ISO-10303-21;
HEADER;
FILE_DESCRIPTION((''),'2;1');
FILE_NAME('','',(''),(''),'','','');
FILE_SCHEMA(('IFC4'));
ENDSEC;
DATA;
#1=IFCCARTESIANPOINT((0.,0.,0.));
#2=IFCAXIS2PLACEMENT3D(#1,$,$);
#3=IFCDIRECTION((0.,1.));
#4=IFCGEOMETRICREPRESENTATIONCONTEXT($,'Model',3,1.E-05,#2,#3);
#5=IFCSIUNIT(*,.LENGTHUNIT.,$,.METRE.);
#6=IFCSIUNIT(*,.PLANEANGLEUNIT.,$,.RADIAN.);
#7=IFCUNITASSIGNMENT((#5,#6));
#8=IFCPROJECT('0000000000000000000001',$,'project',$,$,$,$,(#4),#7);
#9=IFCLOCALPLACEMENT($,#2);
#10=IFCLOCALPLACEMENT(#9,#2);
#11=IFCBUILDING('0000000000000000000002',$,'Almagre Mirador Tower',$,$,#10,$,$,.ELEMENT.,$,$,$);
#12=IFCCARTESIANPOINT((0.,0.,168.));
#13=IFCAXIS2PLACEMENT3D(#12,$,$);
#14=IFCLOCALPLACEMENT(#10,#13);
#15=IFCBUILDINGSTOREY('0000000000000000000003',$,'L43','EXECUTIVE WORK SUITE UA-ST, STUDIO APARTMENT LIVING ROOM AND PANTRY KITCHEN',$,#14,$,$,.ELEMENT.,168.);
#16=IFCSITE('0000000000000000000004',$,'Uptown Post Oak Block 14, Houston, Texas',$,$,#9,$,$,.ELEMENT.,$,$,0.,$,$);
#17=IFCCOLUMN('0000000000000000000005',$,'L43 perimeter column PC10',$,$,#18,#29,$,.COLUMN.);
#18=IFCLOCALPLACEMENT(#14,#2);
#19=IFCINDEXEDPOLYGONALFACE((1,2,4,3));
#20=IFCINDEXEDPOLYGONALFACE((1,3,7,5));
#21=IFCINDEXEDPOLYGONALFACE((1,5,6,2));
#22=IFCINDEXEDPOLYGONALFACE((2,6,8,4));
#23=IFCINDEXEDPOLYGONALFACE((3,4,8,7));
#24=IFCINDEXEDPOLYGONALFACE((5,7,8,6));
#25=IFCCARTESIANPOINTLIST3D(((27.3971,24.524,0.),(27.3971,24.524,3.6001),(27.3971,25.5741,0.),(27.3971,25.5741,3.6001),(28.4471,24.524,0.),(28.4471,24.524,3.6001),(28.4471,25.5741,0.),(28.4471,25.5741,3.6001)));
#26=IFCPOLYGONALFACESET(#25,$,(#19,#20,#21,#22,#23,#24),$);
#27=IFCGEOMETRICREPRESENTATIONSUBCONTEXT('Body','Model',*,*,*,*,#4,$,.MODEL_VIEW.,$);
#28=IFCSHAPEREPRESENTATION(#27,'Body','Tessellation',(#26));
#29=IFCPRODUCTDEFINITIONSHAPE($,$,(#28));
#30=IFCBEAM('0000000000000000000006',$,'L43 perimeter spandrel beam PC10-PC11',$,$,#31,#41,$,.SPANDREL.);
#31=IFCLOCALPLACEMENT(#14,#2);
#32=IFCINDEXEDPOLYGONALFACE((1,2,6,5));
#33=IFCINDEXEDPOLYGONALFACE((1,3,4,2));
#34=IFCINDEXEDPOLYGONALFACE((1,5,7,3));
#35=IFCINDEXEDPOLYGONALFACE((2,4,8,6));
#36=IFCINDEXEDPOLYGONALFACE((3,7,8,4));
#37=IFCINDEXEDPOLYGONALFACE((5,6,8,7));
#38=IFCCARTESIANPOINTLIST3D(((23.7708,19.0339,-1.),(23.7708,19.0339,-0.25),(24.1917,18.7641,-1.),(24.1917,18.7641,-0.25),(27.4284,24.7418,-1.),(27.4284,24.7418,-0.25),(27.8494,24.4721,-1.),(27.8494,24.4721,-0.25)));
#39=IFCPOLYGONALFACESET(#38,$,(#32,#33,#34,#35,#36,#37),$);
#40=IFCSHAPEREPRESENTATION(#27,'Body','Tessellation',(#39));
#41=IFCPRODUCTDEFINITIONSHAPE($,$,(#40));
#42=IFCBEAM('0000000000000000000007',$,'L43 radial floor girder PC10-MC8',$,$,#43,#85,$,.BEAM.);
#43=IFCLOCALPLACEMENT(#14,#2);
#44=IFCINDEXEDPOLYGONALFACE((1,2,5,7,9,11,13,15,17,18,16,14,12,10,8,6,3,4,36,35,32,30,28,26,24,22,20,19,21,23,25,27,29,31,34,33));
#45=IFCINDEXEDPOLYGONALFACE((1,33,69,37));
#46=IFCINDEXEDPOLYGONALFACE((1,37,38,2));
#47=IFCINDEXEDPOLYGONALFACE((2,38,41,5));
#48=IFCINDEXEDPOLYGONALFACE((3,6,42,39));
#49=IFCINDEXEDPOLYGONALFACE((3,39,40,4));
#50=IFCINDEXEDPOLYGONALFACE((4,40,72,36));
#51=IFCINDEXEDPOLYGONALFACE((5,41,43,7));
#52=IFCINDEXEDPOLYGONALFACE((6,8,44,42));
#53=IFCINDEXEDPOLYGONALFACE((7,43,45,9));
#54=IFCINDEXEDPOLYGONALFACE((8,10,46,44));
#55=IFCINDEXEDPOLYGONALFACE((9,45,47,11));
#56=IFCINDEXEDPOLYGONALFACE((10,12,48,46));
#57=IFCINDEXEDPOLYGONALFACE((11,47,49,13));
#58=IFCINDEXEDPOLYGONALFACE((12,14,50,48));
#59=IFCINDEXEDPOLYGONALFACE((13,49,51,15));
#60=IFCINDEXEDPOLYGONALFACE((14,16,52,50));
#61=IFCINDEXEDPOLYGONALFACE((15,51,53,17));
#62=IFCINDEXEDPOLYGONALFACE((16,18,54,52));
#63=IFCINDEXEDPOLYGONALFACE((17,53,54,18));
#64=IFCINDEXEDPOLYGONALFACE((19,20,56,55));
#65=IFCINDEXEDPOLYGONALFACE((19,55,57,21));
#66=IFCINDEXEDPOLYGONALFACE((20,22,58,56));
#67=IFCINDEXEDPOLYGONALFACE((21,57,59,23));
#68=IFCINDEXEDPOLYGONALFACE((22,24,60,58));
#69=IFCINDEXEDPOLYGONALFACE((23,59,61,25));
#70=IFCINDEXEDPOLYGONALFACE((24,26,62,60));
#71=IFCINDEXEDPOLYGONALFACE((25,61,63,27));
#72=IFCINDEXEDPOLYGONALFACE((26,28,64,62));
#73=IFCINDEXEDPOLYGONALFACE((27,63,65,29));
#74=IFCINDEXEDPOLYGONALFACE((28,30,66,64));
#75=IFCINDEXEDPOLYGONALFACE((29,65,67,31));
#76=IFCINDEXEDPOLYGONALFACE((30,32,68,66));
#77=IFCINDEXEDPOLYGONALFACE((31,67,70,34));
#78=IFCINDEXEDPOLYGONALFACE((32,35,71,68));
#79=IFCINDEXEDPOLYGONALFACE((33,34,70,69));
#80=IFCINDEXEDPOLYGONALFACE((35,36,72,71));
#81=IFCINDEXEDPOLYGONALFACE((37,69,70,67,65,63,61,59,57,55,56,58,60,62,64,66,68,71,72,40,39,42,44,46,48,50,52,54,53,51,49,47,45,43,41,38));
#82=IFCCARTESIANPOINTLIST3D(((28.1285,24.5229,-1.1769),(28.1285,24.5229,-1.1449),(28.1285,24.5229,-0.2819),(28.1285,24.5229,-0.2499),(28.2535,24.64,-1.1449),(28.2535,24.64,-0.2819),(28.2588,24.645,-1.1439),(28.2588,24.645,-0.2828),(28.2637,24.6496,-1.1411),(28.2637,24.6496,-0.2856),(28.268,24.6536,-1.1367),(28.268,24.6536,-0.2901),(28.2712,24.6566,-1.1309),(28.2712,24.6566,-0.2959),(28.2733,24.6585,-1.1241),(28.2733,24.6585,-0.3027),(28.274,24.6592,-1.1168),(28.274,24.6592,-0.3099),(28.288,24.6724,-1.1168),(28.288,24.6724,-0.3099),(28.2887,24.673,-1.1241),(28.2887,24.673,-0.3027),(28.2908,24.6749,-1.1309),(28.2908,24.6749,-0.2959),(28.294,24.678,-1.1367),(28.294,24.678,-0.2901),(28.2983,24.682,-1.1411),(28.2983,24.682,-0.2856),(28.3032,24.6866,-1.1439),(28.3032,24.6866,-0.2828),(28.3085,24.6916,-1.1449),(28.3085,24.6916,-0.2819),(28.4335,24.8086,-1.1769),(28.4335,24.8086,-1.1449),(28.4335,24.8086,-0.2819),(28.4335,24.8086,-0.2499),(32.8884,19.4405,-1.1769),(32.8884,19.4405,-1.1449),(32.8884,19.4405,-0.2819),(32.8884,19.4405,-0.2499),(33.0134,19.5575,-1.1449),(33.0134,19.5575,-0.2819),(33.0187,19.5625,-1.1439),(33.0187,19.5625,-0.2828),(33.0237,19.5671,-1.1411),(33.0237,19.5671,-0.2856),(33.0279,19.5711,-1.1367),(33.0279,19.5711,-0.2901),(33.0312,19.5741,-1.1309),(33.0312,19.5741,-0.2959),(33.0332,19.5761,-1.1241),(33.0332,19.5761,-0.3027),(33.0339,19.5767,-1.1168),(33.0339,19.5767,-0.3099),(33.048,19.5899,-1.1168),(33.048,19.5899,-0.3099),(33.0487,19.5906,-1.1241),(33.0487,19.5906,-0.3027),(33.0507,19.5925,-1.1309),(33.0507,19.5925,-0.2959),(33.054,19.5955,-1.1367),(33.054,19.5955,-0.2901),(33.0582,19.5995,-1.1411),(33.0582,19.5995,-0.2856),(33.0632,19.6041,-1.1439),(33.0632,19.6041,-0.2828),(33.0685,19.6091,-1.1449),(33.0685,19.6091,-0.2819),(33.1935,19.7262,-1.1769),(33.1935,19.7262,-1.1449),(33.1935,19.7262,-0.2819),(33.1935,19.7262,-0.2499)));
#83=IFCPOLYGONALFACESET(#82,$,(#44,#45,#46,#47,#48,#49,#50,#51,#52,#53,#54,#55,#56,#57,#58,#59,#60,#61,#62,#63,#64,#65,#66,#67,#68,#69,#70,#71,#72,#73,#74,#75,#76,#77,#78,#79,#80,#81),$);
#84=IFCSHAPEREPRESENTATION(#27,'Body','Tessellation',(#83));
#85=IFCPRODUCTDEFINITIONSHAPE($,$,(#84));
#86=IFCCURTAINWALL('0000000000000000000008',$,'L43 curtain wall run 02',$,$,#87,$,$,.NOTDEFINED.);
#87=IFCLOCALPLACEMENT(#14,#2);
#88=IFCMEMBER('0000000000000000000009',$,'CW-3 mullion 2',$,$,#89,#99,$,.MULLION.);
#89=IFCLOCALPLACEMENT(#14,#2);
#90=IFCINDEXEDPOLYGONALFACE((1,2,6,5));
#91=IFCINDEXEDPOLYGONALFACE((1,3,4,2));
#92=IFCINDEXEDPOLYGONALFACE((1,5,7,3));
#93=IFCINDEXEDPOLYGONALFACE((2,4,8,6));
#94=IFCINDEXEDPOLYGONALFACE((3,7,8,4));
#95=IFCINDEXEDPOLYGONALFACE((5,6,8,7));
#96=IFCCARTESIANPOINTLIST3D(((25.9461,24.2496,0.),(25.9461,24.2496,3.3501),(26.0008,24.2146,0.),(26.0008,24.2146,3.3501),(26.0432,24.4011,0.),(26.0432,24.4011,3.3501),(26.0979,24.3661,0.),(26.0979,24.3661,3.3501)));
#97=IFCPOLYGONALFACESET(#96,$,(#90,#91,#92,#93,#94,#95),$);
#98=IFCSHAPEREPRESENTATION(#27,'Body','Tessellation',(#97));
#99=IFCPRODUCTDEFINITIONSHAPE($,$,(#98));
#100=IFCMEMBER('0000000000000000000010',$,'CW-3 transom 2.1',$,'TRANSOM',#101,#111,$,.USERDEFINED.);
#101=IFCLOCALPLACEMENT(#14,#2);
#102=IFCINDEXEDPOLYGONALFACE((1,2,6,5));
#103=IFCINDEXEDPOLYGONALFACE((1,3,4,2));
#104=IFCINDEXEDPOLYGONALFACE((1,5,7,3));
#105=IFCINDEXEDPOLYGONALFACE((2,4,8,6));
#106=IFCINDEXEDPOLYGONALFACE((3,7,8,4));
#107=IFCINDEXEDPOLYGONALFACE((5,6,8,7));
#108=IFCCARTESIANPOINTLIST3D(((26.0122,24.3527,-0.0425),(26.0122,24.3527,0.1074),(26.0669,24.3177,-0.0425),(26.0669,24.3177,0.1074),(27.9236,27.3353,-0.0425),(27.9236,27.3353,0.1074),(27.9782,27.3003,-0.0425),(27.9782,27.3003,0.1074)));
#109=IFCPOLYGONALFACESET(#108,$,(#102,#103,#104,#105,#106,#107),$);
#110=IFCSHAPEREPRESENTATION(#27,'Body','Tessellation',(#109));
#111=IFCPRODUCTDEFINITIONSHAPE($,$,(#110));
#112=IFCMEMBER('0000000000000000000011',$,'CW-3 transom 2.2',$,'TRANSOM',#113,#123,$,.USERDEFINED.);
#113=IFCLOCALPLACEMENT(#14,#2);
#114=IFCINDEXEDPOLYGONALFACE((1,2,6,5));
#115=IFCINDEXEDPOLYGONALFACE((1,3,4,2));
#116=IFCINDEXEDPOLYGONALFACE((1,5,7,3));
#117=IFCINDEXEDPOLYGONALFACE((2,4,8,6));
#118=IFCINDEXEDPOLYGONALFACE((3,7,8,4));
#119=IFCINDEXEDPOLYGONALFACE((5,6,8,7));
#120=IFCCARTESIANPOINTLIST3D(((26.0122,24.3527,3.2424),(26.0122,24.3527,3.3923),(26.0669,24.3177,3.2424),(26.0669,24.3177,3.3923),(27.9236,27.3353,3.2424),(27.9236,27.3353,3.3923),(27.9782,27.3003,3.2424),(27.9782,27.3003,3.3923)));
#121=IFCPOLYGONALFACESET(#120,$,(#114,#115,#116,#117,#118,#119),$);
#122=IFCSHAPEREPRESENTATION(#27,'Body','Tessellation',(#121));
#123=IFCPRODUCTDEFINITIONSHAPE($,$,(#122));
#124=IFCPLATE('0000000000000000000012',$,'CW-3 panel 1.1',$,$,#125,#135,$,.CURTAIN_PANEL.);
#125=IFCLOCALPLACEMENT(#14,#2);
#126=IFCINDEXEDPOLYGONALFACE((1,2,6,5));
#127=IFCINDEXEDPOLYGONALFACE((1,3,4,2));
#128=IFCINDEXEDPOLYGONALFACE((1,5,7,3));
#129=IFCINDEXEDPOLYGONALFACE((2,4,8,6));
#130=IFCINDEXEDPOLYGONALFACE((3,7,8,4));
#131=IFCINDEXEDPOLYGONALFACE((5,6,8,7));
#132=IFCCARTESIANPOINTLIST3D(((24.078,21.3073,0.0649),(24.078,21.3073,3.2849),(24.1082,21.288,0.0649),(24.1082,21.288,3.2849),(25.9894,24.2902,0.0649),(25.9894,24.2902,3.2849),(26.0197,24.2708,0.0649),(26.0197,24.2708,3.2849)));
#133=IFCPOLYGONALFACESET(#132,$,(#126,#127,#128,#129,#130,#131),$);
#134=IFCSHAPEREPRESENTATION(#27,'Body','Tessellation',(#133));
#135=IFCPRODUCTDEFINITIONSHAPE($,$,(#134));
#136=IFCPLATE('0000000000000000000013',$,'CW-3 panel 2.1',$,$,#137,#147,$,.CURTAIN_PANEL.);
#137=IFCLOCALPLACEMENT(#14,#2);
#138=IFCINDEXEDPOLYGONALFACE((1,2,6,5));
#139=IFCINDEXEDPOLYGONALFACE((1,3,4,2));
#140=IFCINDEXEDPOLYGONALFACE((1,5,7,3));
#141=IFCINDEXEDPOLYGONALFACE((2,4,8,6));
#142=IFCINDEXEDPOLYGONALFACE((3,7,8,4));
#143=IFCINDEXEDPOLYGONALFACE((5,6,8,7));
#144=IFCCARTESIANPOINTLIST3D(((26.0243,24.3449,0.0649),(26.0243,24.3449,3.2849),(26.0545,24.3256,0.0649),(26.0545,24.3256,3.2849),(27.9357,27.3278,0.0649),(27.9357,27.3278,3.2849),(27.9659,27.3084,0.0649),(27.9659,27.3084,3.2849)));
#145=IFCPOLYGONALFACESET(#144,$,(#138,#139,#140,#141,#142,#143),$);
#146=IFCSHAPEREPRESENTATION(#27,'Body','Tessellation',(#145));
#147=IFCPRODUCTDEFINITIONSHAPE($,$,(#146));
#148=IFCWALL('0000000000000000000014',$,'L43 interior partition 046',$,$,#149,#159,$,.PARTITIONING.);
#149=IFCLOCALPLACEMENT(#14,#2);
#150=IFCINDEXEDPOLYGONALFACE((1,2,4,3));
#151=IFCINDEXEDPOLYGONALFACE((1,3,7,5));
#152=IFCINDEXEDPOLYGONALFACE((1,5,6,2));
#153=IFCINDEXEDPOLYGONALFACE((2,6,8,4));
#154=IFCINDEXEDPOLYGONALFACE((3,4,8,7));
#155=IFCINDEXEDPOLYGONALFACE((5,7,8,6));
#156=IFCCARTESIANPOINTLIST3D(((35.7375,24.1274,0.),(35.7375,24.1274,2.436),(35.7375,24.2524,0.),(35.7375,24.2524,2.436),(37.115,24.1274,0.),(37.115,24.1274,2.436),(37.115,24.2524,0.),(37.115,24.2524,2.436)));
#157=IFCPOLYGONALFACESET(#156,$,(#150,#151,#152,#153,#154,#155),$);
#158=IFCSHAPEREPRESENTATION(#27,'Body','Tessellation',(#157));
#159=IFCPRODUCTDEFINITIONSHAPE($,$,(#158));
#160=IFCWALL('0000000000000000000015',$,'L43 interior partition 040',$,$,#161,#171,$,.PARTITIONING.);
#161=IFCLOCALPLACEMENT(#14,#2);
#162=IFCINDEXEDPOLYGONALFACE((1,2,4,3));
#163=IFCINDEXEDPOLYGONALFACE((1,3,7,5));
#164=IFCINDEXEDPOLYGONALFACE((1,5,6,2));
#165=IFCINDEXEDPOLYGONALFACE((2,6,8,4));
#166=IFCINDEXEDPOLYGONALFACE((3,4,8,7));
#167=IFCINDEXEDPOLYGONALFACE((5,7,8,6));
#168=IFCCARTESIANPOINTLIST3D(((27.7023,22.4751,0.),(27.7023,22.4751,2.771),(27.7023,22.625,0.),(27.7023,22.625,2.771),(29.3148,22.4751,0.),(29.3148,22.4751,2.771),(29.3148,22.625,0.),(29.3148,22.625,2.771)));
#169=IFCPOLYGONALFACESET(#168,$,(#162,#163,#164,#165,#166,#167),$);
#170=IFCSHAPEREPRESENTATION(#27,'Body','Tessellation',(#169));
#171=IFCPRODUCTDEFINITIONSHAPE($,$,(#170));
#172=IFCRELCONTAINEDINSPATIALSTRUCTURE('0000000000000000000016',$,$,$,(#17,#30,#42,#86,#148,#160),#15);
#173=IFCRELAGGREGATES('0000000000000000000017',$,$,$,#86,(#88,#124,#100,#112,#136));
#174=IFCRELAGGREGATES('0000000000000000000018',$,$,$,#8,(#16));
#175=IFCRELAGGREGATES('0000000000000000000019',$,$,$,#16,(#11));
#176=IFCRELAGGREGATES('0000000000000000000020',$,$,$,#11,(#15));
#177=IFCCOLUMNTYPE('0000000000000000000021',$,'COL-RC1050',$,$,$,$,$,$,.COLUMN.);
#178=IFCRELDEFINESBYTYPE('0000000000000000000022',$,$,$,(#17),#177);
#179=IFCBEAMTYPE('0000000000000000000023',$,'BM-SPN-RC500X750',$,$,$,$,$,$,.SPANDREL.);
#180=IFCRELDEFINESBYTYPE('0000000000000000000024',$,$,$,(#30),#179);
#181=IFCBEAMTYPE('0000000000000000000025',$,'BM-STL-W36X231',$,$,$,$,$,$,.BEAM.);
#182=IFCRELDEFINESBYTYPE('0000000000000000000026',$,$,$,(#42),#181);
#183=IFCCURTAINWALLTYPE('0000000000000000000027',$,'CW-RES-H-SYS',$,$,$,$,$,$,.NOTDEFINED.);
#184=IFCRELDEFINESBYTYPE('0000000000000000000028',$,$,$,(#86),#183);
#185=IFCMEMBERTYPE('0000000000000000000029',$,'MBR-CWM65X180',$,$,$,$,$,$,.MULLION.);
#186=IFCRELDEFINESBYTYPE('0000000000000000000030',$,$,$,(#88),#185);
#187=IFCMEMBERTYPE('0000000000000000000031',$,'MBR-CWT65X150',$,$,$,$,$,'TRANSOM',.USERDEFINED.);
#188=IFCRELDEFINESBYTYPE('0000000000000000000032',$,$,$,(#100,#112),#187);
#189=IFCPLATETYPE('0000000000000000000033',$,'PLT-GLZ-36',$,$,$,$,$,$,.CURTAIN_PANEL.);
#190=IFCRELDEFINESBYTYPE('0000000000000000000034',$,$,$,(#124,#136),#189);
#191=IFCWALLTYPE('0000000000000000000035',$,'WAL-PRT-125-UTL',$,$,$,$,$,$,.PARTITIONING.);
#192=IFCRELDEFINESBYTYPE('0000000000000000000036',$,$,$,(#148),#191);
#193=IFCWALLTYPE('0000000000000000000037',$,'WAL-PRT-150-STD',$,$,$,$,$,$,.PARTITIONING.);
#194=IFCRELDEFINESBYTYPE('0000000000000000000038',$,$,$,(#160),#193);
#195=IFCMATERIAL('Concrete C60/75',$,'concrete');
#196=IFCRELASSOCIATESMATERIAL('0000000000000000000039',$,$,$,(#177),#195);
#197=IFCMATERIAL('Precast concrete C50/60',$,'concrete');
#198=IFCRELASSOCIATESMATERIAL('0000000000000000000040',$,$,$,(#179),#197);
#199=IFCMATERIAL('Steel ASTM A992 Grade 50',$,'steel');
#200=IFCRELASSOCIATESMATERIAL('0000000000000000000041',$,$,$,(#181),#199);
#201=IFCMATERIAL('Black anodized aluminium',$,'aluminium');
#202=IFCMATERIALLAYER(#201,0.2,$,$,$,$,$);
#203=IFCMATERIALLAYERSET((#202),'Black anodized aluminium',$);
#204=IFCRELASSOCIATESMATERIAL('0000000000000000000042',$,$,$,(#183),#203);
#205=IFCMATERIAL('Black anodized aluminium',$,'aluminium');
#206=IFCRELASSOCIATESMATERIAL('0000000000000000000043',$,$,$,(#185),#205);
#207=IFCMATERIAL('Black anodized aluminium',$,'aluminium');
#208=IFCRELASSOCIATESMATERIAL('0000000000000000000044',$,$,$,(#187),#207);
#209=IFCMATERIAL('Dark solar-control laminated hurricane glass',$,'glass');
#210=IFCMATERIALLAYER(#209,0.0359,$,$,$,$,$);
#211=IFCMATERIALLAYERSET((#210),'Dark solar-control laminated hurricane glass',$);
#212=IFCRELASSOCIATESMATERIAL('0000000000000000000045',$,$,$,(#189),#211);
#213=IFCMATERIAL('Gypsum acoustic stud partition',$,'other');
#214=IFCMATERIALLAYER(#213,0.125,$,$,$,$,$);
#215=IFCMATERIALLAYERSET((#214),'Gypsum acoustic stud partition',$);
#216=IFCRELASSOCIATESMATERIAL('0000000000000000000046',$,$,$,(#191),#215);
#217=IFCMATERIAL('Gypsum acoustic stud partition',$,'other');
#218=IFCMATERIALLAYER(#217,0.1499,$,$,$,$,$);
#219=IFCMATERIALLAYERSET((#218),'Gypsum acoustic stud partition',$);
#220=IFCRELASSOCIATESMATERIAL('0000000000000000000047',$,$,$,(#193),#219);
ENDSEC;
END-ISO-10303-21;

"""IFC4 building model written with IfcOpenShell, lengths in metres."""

from ifc_helpers import new_model, si_unit, direction, frame, frame_2d, origin, origin_2d, place, context, subcontext, project, spatial, rectangle, i_section, extrude, material, layer, layer_set, material_profile, profile_set, type_object, element, aggregate, save


model = new_model("IFC4")

# Units and contexts
model_context = context("Model", 3, precision=1e-05, world=origin(), true_north=direction((0.0, 1.0)))
body_context = subcontext(model_context, "Body", "Model", "MODEL_VIEW")
ifc_project = project(units=[si_unit("LENGTHUNIT", "METRE"), si_unit("PLANEANGLEUNIT", "RADIAN")], contexts=[model_context])

# Site, building, storey
site_placement = place(None, origin())
site = spatial("IfcSite", under=ifc_project, at=site_placement, Name="Uptown Post Oak Block 14, Houston, Texas", CompositionType="ELEMENT", RefElevation=0.0)
building_placement = place(site_placement, origin())
building = spatial("IfcBuilding", under=site, at=building_placement, Name="Almagre Mirador Tower", CompositionType="ELEMENT")
storey_placement = place(building_placement, frame((0.0, 0.0, 168.0)))
storey = spatial("IfcBuildingStorey", under=building, at=storey_placement, Name="L43", Description="EXECUTIVE WORK SUITE UA-ST, STUDIO APARTMENT LIVING ROOM AND PANTRY KITCHEN", CompositionType="ELEMENT", Elevation=168.0)

# Column
ifc_material_1 = material(Name="Concrete C60/75", Category="concrete")
ifc_material_profile_1 = material_profile(ifc_material_1, rectangle(XDim=1.05, YDim=1.05, at=origin_2d()), Name="RC1050X1050")
ifc_profile_set_1 = profile_set([ifc_material_profile_1], Name="Concrete C60/75")
column_type = type_object("IfcColumnType", Name="COL-RC1050", PredefinedType="COLUMN", material=ifc_profile_set_1)
column_placement = place(storey_placement, frame((27.9221, 25.0491, 0.0), z_axis=(0.0, 0.0, 1.0), x_axis=(1.0, 0.0, 0.0)))
element("IfcColumn", 1, at=column_placement, inside=storey, type_object=column_type, Name="L43 perimeter column PC10", PredefinedType="COLUMN", context=body_context, shape_type="SweptSolid", body=[
    extrude(rectangle(XDim=1.05, YDim=1.05, at=origin_2d()), origin(), (0.0, 0.0, 1.0), 3.6001),
])

# Beams
ifc_material_2 = material(Name="Precast concrete C50/60", Category="concrete")
ifc_material_profile_2 = material_profile(ifc_material_2, rectangle(XDim=0.5, YDim=0.75, at=origin_2d()), Name="RC500X750")
ifc_profile_set_2 = profile_set([ifc_material_profile_2], Name="Precast concrete C50/60")
beam_type_1 = type_object("IfcBeamType", Name="BM-SPN-RC500X750", PredefinedType="SPANDREL", material=ifc_profile_set_2)
beam_1_placement = place(storey_placement, frame((27.6389, 24.6069, -0.625), z_axis=(-0.539534, -0.841964, 0.0), x_axis=(0.841964, -0.539534, 0.0)))
element("IfcBeam", 2, at=beam_1_placement, inside=storey, type_object=beam_type_1, Name="L43 perimeter spandrel beam PC10-PC11", PredefinedType="SPANDREL", context=body_context, shape_type="SweptSolid", body=[
    extrude(rectangle(XDim=0.5, YDim=0.75, at=origin_2d()), origin(), (0.0, 0.0, 1.0), 6.7793),
])
ifc_material_3 = material(Name="Steel ASTM A992 Grade 50", Category="steel")
ifc_material_profile_3 = material_profile(ifc_material_3, i_section(OverallWidth=0.418, OverallDepth=0.927, WebThickness=0.0193, FlangeThickness=0.032, FilletRadius=0.0281, at=origin_2d()), Name="W36X231")
ifc_profile_set_3 = profile_set([ifc_material_profile_3], Name="Steel ASTM A992 Grade 50")
beam_type_2 = type_object("IfcBeamType", Name="BM-STL-W36X231", PredefinedType="BEAM", material=ifc_profile_set_3)
beam_2_placement = place(storey_placement, frame((28.281, 24.6658, -0.7134), z_axis=(0.68357, -0.729885, 0.0), x_axis=(0.729885, 0.68357, 0.0)))
element("IfcBeam", 3, at=beam_2_placement, inside=storey, type_object=beam_type_2, Name="L43 radial floor girder PC10-MC8", PredefinedType="BEAM", context=body_context, shape_type="SweptSolid", body=[
    extrude(i_section(OverallWidth=0.418, OverallDepth=0.927, WebThickness=0.0193, FlangeThickness=0.032, FilletRadius=0.0281, at=origin_2d()), origin(), (0.0, 0.0, 1.0), 6.9634),
])

# Curtain wall, members, plates
ifc_material_4 = material(Name="Black anodized aluminium", Category="aluminium")
ifc_layer_1 = layer(ifc_material_4, 0.2)
ifc_layer_set_1 = layer_set([ifc_layer_1], Name="Black anodized aluminium")
curtain_wall_type = type_object("IfcCurtainWallType", Name="CW-RES-H-SYS", PredefinedType="NOTDEFINED", material=ifc_layer_set_1)
curtain_wall_placement = place(storey_placement, origin())
curtain_wall = element("IfcCurtainWall", 4, at=curtain_wall_placement, inside=storey, type_object=curtain_wall_type, Name="L43 curtain wall run 02", PredefinedType="NOTDEFINED")
ifc_material_5 = material(Name="Black anodized aluminium", Category="aluminium")
ifc_material_profile_4 = material_profile(ifc_material_5, rectangle(XDim=0.0649, YDim=0.1799, at=origin_2d()), Name="CWM65X180")
ifc_profile_set_4 = profile_set([ifc_material_profile_4], Name="Black anodized aluminium")
member_type_1 = type_object("IfcMemberType", Name="MBR-CWM65X180", PredefinedType="MULLION", material=ifc_profile_set_4)
member_1_placement = place(storey_placement, frame((26.022, 24.3079, 0.0), z_axis=(0.0, 0.0, 1.0), x_axis=(-0.84196, 0.53954, 0.0)))
member_1 = element("IfcMember", 5, at=member_1_placement, type_object=member_type_1, Name="CW-3 mullion 2", PredefinedType="MULLION", context=body_context, shape_type="SweptSolid", body=[
    extrude(rectangle(XDim=0.0649, YDim=0.1799, at=origin_2d()), origin(), (0.0, 0.0, 1.0), 3.3501),
])
ifc_material_6 = material(Name="Black anodized aluminium", Category="aluminium")
ifc_material_profile_5 = material_profile(ifc_material_6, rectangle(XDim=0.0649, YDim=0.1499, at=origin_2d()), Name="CWT65X150")
ifc_profile_set_5 = profile_set([ifc_material_profile_5], Name="Black anodized aluminium")
member_type_2 = type_object("IfcMemberType", Name="MBR-CWT65X150", ElementType="TRANSOM", PredefinedType="USERDEFINED", material=ifc_profile_set_5)
member_2_placement = place(storey_placement, frame((26.0396, 24.3352, 0.0325), z_axis=(0.539548, 0.841955, 0.0), x_axis=(-0.841955, 0.539548, 0.0)))
member_2 = element("IfcMember", 6, at=member_2_placement, type_object=member_type_2, Name="CW-3 transom 2.1", ObjectType="TRANSOM", PredefinedType="USERDEFINED", context=body_context, shape_type="SweptSolid", body=[
    extrude(rectangle(XDim=0.0649, YDim=0.1499, at=origin_2d()), origin(), (0.0, 0.0, 1.0), 3.5425),
])
member_3_placement = place(storey_placement, frame((26.0396, 24.3352, 3.3174), z_axis=(0.539548, 0.841955, 0.0), x_axis=(-0.841955, 0.539548, 0.0)))
member_3 = element("IfcMember", 7, at=member_3_placement, type_object=member_type_2, Name="CW-3 transom 2.2", ObjectType="TRANSOM", PredefinedType="USERDEFINED", context=body_context, shape_type="SweptSolid", body=[
    extrude(rectangle(XDim=0.0649, YDim=0.1499, at=origin_2d()), origin(), (0.0, 0.0, 1.0), 3.5425),
])
ifc_material_7 = material(Name="Dark solar-control laminated hurricane glass", Category="glass")
ifc_layer_2 = layer(ifc_material_7, 0.0359)
ifc_layer_set_2 = layer_set([ifc_layer_2], Name="Dark solar-control laminated hurricane glass")
plate_type = type_object("IfcPlateType", Name="PLT-GLZ-36", PredefinedType="CURTAIN_PANEL", material=ifc_layer_set_2)
plate_1_placement = place(storey_placement, frame((25.0488, 22.7891, 0.0649), z_axis=(0.0, 0.0, 1.0), x_axis=(0.53954, 0.84196, 0.0)))
plate_1 = element("IfcPlate", 8, at=plate_1_placement, type_object=plate_type, Name="CW-3 panel 1.1", PredefinedType="CURTAIN_PANEL", context=body_context, shape_type="SweptSolid", body=[
    extrude(rectangle(XDim=3.5427, YDim=0.0359, at=origin_2d()), origin(), (0.0, 0.0, 1.0), 3.22),
])
plate_2_placement = place(storey_placement, frame((26.9951, 25.8267, 0.0649), z_axis=(0.0, 0.0, 1.0), x_axis=(0.53954, 0.84196, 0.0)))
plate_2 = element("IfcPlate", 9, at=plate_2_placement, type_object=plate_type, Name="CW-3 panel 2.1", PredefinedType="CURTAIN_PANEL", context=body_context, shape_type="SweptSolid", body=[
    extrude(rectangle(XDim=3.5427, YDim=0.0359, at=origin_2d()), origin(), (0.0, 0.0, 1.0), 3.22),
])
aggregate(curtain_wall, [member_1, plate_1, member_2, member_3, plate_2])

# Walls
ifc_material_8 = material(Name="Gypsum acoustic stud partition", Category="other")
ifc_layer_3 = layer(ifc_material_8, 0.125)
ifc_layer_set_3 = layer_set([ifc_layer_3], Name="Gypsum acoustic stud partition")
wall_type_1 = type_object("IfcWallType", Name="WAL-PRT-125-UTL", PredefinedType="PARTITIONING", material=ifc_layer_set_3)
wall_1_placement = place(storey_placement, frame((35.7375, 24.1899, 0.0), z_axis=(0.0, 0.0, 1.0), x_axis=(1.0, 0.0, 0.0)))
element("IfcWall", 10, at=wall_1_placement, inside=storey, type_object=wall_type_1, Name="L43 interior partition 046", PredefinedType="PARTITIONING", context=body_context, shape_type="SweptSolid", body=[
    extrude(rectangle(XDim=1.3774, YDim=0.125, at=frame_2d((0.6887, 0.0))), origin(), (0.0, 0.0, 1.0), 2.436),
])
ifc_material_9 = material(Name="Gypsum acoustic stud partition", Category="other")
ifc_layer_4 = layer(ifc_material_9, 0.1499)
ifc_layer_set_4 = layer_set([ifc_layer_4], Name="Gypsum acoustic stud partition")
wall_type_2 = type_object("IfcWallType", Name="WAL-PRT-150-STD", PredefinedType="PARTITIONING", material=ifc_layer_set_4)
wall_2_placement = place(storey_placement, frame((27.7024, 22.55, 0.0), z_axis=(0.0, 0.0, 1.0), x_axis=(1.0, 0.0, 0.0)))
element("IfcWall", 11, at=wall_2_placement, inside=storey, type_object=wall_type_2, Name="L43 interior partition 040", PredefinedType="PARTITIONING", context=body_context, shape_type="SweptSolid", body=[
    extrude(rectangle(XDim=1.6125, YDim=0.1499, at=frame_2d((0.8062, 0.0))), origin(), (0.0, 0.0, 1.0), 2.771),
])

save(model, "model.ifc")
